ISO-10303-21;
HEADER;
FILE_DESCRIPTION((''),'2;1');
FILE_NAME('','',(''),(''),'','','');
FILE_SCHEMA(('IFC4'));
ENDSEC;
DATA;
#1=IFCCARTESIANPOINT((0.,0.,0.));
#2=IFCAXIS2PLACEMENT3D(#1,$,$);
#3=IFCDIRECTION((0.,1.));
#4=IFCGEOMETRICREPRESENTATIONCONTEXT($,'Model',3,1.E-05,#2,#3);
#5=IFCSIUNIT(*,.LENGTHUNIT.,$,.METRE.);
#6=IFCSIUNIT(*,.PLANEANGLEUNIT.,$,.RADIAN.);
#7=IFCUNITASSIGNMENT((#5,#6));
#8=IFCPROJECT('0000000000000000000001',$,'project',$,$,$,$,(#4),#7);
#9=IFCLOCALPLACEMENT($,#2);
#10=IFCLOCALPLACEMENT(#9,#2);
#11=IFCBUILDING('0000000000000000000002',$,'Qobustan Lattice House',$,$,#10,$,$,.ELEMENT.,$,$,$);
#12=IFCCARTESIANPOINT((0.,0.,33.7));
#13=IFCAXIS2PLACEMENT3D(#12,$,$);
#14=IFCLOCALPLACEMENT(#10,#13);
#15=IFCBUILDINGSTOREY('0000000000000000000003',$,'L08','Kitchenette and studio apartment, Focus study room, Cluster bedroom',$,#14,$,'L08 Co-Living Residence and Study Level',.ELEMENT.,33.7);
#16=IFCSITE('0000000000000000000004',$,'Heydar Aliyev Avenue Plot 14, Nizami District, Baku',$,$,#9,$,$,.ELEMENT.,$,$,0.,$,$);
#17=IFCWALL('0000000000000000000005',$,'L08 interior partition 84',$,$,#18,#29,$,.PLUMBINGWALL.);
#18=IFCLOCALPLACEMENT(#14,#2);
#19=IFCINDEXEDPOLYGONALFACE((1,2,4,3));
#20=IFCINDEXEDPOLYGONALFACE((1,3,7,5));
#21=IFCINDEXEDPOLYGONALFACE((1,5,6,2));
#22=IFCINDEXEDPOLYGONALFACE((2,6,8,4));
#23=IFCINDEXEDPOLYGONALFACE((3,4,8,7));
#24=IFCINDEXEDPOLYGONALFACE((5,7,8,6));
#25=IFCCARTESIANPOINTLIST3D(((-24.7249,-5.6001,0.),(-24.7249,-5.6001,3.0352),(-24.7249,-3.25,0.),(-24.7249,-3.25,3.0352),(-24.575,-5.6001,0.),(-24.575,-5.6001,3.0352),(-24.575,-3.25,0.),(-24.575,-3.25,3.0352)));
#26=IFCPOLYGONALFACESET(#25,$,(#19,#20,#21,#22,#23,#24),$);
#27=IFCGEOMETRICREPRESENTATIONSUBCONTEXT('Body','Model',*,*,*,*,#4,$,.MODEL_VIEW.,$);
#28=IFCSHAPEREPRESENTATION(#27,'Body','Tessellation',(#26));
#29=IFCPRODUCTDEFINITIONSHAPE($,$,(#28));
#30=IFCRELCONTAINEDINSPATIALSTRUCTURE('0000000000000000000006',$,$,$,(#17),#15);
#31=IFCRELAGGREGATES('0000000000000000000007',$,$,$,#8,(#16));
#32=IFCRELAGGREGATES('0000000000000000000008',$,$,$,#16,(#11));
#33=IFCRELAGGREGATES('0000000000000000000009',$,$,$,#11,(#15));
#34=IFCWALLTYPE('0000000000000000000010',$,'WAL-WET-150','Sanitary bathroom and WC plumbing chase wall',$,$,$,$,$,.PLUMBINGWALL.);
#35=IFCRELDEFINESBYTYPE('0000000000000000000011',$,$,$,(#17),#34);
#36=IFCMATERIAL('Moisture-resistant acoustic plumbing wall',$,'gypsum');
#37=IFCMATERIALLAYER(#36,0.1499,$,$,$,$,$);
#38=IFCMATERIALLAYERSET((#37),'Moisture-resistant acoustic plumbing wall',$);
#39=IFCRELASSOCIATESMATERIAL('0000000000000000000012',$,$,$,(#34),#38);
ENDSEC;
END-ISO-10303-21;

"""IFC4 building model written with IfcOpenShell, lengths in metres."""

from ifc_helpers import new_model, si_unit, direction, frame, frame_2d, origin, place, context, subcontext, project, spatial, rectangle, extrude, material, layer, layer_set, type_object, element, save


model = new_model("IFC4")

# Units and contexts
model_context = context("Model", 3, precision=1e-05, world=origin(), true_north=direction((0.0, 1.0)))
body_context = subcontext(model_context, "Body", "Model", "MODEL_VIEW")
ifc_project = project(units=[si_unit("LENGTHUNIT", "METRE"), si_unit("PLANEANGLEUNIT", "RADIAN")], contexts=[model_context])

# Site, building, storey
site_placement = place(None, origin())
site = spatial("IfcSite", under=ifc_project, at=site_placement, Name="Heydar Aliyev Avenue Plot 14, Nizami District, Baku", CompositionType="ELEMENT", RefElevation=0.0)
building_placement = place(site_placement, origin())
building = spatial("IfcBuilding", under=site, at=building_placement, Name="Qobustan Lattice House", CompositionType="ELEMENT")
storey_placement = place(building_placement, frame((0.0, 0.0, 33.7)))
storey = spatial("IfcBuildingStorey", under=building, at=storey_placement, Name="L08", Description="Kitchenette and studio apartment, Focus study room, Cluster bedroom", LongName="L08 Co-Living Residence and Study Level", CompositionType="ELEMENT", Elevation=33.7)

# Shared definitions
ifc_material_1 = material(Name="Moisture-resistant acoustic plumbing wall", Category="gypsum")
ifc_layer_1 = layer(ifc_material_1, 0.1499)
ifc_layer_set_1 = layer_set([ifc_layer_1], Name="Moisture-resistant acoustic plumbing wall")
wall_type_1 = type_object("IfcWallType", Name="WAL-WET-150", Description="Sanitary bathroom and WC plumbing chase wall", PredefinedType="PLUMBINGWALL", material=ifc_layer_set_1)

# Wall
wall_1_placement = place(storey_placement, frame((-24.6499, -5.6001, 0.0), z_axis=(0.0, 0.0, 1.0), x_axis=(0.0, 1.0, 0.0)))
element("IfcWall", 1, at=wall_1_placement, inside=storey, type_object=wall_type_1, Name="L08 interior partition 84", PredefinedType="PLUMBINGWALL", context=body_context, shape_type="SweptSolid", body=[
    extrude(rectangle(XDim=2.3501, YDim=0.1499, at=frame_2d((1.175, 0.0))), origin(), (0.0, 0.0, 1.0), 3.0352),
])

save(model, "model.ifc")
